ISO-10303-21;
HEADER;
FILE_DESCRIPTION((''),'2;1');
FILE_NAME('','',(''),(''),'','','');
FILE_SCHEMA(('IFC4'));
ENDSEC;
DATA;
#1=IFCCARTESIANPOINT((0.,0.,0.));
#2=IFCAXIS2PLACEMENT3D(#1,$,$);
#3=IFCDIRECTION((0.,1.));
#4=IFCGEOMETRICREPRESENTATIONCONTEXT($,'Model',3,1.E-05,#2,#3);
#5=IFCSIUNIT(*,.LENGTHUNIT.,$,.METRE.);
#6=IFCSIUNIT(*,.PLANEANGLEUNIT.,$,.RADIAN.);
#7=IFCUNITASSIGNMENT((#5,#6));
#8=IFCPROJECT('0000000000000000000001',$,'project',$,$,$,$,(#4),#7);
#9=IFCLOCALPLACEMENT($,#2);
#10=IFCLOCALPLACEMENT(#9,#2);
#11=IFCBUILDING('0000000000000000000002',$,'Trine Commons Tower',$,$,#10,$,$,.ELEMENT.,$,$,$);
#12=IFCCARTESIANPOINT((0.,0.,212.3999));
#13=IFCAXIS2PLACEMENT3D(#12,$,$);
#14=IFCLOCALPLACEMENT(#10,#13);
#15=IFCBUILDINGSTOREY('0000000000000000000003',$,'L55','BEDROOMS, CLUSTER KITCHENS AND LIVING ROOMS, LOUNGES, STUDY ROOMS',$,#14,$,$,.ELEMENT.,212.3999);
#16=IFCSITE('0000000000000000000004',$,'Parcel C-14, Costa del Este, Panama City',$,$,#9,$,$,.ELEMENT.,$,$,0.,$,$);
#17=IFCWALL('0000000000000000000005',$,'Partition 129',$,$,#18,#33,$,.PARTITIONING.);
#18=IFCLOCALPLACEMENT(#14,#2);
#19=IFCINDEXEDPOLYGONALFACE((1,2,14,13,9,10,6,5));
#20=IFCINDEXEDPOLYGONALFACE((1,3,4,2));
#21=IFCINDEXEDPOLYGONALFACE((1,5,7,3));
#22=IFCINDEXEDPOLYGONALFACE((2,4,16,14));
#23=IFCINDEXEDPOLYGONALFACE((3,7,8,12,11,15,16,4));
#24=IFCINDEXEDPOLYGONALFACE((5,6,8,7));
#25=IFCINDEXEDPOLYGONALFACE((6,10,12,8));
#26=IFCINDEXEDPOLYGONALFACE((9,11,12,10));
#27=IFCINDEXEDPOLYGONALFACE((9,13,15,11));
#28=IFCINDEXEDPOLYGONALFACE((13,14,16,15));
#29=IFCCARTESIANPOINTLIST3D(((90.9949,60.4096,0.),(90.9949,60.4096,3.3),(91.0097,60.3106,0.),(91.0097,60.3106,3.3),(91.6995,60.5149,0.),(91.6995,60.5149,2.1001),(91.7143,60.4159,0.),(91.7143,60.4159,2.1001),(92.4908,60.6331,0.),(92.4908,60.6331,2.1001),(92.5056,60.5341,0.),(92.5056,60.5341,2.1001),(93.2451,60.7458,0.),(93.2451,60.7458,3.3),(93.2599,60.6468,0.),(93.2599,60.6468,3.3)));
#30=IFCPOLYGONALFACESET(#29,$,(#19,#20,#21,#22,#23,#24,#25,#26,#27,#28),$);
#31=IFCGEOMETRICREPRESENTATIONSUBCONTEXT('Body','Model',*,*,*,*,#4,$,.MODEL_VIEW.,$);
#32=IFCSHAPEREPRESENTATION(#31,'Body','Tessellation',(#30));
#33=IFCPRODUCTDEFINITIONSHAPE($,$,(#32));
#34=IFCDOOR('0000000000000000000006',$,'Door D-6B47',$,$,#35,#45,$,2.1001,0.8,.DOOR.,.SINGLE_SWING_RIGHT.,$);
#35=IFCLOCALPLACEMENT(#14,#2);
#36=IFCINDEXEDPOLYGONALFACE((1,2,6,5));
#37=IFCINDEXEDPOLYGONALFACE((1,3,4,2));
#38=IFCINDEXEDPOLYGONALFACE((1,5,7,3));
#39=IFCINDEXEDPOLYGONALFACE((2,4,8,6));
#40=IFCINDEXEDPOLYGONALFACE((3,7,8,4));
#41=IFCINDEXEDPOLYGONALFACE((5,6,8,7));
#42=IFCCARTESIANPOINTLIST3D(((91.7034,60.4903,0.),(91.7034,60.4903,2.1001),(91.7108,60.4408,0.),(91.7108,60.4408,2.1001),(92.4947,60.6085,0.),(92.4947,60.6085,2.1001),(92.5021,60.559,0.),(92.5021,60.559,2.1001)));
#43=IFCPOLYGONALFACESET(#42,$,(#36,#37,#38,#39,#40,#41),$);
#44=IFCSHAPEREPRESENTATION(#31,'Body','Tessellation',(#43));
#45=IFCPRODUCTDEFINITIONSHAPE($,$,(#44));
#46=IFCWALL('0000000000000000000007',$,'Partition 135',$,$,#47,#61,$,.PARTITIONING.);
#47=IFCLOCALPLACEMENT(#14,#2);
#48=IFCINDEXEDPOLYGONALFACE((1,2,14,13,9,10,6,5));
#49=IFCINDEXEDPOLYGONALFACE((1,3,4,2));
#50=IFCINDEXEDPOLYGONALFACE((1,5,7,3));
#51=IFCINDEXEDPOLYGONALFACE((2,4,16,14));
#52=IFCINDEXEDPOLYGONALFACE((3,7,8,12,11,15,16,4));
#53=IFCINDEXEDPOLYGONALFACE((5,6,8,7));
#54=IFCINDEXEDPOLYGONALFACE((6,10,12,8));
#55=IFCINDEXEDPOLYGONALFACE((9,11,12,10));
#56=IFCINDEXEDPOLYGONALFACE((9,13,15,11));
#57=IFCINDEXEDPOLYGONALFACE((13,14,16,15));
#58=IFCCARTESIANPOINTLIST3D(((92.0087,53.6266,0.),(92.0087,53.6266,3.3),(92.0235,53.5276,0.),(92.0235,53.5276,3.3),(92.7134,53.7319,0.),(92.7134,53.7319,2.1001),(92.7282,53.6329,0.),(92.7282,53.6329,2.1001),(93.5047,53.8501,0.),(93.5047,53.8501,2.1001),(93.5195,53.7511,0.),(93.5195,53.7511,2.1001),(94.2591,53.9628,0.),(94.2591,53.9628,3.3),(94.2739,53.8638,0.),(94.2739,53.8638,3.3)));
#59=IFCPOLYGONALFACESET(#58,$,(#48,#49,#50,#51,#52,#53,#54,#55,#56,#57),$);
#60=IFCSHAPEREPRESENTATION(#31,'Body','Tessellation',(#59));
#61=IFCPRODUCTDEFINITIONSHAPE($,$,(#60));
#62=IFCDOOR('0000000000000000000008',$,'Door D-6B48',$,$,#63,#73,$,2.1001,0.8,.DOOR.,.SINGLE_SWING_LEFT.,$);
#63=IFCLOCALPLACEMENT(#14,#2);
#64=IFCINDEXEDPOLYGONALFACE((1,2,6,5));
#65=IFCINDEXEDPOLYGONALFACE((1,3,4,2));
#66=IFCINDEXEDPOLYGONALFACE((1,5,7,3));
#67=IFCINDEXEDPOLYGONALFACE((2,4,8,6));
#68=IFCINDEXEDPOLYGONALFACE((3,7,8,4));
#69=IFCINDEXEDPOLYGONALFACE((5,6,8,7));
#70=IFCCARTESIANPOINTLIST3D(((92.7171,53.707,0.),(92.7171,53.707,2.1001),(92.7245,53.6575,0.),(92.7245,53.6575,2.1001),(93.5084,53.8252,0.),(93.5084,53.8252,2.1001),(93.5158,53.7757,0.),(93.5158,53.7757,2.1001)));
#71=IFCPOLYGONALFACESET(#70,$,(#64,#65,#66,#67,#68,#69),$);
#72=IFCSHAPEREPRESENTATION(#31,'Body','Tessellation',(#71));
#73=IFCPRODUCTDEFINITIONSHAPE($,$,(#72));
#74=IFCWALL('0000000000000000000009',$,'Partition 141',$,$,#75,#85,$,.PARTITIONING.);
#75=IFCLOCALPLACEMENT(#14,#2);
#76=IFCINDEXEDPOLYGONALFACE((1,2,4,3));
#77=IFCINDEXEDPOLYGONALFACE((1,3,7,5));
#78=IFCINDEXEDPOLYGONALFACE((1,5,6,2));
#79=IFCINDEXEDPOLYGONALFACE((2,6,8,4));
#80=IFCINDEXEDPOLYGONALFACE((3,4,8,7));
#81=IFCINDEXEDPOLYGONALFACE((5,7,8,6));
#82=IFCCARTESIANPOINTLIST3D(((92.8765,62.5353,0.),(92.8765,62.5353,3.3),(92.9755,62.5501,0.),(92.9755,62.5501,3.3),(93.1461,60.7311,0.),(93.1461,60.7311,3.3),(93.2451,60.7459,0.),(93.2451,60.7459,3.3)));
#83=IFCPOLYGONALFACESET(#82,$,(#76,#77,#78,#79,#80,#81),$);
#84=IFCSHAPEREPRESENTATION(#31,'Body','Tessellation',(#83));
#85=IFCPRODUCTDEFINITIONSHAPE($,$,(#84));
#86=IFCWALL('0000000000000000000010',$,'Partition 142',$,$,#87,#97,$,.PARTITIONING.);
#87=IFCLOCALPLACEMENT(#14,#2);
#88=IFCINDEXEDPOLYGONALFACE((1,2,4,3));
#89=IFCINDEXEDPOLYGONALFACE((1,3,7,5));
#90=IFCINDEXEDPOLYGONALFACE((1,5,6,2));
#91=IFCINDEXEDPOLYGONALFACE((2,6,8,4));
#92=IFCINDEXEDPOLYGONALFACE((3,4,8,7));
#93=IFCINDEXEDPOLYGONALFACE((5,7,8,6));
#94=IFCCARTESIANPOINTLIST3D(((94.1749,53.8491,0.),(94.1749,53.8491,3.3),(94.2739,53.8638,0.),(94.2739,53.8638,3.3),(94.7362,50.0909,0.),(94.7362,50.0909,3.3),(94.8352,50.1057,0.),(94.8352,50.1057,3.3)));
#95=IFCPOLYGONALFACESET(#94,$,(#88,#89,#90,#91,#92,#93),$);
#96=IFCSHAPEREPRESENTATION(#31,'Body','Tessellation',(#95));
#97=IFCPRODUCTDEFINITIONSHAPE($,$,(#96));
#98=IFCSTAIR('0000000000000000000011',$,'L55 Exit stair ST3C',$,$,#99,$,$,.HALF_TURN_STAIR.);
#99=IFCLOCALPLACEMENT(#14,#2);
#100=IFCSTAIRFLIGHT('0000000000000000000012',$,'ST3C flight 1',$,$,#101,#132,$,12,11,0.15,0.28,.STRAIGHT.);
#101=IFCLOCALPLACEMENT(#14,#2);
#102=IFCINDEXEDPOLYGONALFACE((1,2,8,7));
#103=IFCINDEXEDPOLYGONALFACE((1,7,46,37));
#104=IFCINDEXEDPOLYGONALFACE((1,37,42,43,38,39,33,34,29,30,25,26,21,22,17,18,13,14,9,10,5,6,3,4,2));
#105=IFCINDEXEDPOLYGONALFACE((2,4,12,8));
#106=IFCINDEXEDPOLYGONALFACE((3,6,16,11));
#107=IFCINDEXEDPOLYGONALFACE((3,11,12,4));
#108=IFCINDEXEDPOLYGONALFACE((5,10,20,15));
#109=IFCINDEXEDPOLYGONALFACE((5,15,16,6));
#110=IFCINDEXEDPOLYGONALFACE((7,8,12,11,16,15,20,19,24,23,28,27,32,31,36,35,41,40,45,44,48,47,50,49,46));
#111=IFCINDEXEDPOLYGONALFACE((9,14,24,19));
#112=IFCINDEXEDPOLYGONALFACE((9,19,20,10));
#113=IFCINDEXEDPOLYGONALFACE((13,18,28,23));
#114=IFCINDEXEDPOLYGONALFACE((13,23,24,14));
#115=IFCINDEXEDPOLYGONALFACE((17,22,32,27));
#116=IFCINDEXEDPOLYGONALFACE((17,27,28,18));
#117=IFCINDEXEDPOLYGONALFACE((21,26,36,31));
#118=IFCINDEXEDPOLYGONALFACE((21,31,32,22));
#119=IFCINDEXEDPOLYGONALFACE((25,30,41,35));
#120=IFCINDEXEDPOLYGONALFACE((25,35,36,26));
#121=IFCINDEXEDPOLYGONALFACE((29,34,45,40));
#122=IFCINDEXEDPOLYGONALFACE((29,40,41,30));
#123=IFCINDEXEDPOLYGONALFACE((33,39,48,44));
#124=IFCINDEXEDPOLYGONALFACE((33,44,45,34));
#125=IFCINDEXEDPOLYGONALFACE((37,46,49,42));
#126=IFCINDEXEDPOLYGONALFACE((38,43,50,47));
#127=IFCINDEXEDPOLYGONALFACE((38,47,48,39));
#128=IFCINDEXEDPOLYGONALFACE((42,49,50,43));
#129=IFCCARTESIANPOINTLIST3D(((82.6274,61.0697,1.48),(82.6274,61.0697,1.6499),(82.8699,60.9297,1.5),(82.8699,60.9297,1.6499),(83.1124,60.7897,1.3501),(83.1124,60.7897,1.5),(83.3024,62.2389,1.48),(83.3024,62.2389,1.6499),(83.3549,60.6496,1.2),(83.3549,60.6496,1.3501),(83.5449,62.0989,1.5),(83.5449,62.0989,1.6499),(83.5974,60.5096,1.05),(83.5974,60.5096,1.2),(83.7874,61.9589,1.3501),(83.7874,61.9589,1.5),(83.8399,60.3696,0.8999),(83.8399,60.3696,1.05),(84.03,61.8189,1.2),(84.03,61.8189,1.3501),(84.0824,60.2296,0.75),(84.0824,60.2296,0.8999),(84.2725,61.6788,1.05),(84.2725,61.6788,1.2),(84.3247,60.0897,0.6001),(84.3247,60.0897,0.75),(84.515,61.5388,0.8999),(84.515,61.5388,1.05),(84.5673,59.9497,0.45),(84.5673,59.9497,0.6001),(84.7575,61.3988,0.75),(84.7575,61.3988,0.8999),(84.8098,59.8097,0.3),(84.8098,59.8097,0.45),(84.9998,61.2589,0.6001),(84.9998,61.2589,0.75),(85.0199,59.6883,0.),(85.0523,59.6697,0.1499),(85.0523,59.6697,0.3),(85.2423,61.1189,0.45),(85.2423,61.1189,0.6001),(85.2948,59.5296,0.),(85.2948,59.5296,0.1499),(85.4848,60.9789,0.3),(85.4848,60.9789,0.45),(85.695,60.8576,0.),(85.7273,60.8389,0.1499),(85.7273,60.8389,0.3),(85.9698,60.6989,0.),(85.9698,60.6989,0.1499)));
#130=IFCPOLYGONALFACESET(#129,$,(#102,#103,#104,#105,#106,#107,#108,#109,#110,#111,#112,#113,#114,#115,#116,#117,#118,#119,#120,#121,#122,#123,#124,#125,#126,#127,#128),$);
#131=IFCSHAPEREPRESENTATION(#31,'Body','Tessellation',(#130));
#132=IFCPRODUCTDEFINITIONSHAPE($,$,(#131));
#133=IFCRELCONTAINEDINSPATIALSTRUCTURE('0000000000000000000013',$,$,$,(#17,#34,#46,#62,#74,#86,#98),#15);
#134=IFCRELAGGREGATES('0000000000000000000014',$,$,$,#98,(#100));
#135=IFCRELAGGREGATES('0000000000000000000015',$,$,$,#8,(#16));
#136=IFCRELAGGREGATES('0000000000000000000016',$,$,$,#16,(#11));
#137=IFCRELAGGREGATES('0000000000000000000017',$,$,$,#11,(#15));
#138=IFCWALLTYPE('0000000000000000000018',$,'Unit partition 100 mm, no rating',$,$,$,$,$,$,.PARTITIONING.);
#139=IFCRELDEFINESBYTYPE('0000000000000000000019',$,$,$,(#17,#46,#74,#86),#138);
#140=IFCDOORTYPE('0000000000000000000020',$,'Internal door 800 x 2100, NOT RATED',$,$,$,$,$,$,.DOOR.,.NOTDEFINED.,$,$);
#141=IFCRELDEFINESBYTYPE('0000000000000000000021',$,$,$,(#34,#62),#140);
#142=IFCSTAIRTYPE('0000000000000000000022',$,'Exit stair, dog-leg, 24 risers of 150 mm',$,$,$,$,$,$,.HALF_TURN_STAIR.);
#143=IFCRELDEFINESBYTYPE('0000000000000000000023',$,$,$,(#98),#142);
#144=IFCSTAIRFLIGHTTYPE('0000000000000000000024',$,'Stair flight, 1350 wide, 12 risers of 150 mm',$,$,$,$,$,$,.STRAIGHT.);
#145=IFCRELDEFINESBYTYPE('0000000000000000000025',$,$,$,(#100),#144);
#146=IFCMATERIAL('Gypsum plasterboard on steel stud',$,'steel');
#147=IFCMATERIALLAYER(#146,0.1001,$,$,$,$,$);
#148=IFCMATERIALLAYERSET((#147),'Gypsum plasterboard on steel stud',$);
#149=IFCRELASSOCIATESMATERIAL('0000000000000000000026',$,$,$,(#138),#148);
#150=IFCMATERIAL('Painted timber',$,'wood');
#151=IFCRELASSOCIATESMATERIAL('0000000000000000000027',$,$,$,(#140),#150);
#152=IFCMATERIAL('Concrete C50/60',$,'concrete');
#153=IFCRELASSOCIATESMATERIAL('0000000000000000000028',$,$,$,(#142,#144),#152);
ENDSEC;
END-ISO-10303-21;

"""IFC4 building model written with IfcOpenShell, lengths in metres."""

from ifc_helpers import new_model, si_unit, direction, frame, frame_2d, origin, place, context, subcontext, project, spatial, polyline, rectangle, outline, extrude, material, layer, layer_set, type_object, element, fill, aggregate, save


model = new_model("IFC4")

# Units and contexts
model_context = context("Model", 3, precision=1e-05, world=origin(), true_north=direction((0.0, 1.0)))
body_context = subcontext(model_context, "Body", "Model", "MODEL_VIEW")
ifc_project = project(units=[si_unit("LENGTHUNIT", "METRE"), si_unit("PLANEANGLEUNIT", "RADIAN")], contexts=[model_context])

# Site, building, storey
site_placement = place(None, origin())
site = spatial("IfcSite", under=ifc_project, at=site_placement, Name="Parcel C-14, Costa del Este, Panama City", CompositionType="ELEMENT", RefElevation=0.0)
building_placement = place(site_placement, origin())
building = spatial("IfcBuilding", under=site, at=building_placement, Name="Trine Commons Tower", CompositionType="ELEMENT")
storey_placement = place(building_placement, frame((0.0, 0.0, 212.3999)))
storey = spatial("IfcBuildingStorey", under=building, at=storey_placement, Name="L55", Description="BEDROOMS, CLUSTER KITCHENS AND LIVING ROOMS, LOUNGES, STUDY ROOMS", CompositionType="ELEMENT", Elevation=212.3999)

# Shared definitions
ifc_material_1 = material(Name="Gypsum plasterboard on steel stud", Category="steel")

# Shared definitions
ifc_material_2 = material(Name="Painted timber", Category="wood")

# Walls, openings, doors
ifc_layer_1 = layer(ifc_material_1, 0.1001)
ifc_layer_set_1 = layer_set([ifc_layer_1], Name="Gypsum plasterboard on steel stud")
wall_type_1 = type_object("IfcWallType", Name="Unit partition 100 mm, no rating", PredefinedType="PARTITIONING", material=ifc_layer_set_1)
wall_1_placement = place(storey_placement, frame((91.0022, 60.3601, 0.0), z_axis=(0.0, 0.0, 1.0), x_axis=(0.989024, 0.147758, 0.0)))
wall_1 = element("IfcWall", 1, at=wall_1_placement, inside=storey, type_object=wall_type_1, Name="Partition 129", PredefinedType="PARTITIONING", context=body_context, shape_type="SweptSolid", body=[
    extrude(rectangle(XDim=2.2751, YDim=0.1001, at=frame_2d((1.1377, 0.0))), origin(), (0.0, 0.0, 1.0), 3.3),
])
opening_1_placement = place(wall_1_placement, frame((0.7126, 0.0, 0.0)))
opening_1 = element("IfcOpeningElement", 2, at=opening_1_placement, cuts=wall_1, PredefinedType="OPENING", context=body_context, shape_type="SweptSolid", body=[
    extrude(rectangle(XDim=0.8, YDim=2.1001, at=frame_2d((0.3999, 1.05))), frame((0.0, 0.0601, 0.0), z_axis=(0.0, -1.0, 0.0), x_axis=(1.0, 0.0, 0.0)), (0.0, 0.0, 1.0), 0.1201),
])
door_type_1 = type_object("IfcDoorType", Name="Internal door 800 x 2100, NOT RATED", OperationType="NOTDEFINED", PredefinedType="DOOR", material=ifc_material_2)
door_1_placement = place(opening_1_placement, frame((0.8, 0.0, 0.0), z_axis=(0.0, 0.0, 1.0), x_axis=(-1.0, 0.0, 0.0)))
door_1 = element("IfcDoor", 3, at=door_1_placement, inside=storey, type_object=door_type_1, Name="Door D-6B47", OperationType="SINGLE_SWING_RIGHT", OverallHeight=2.1001, OverallWidth=0.8, PredefinedType="DOOR", context=body_context, shape_type="SweptSolid", body=[
    extrude(rectangle(XDim=0.8, YDim=2.1001, at=frame_2d((0.3999, 1.05))), frame((0.0, 0.0249, 0.0), z_axis=(0.0, -1.0, 0.0), x_axis=(1.0, 0.0, 0.0)), (0.0, 0.0, 1.0), 0.05),
])
fill(opening_1, door_1)
wall_2_placement = place(storey_placement, frame((92.0161, 53.5771, 0.0), z_axis=(0.0, 0.0, 1.0), x_axis=(0.989026, 0.147742, 0.0)))
wall_2 = element("IfcWall", 4, at=wall_2_placement, inside=storey, type_object=wall_type_1, Name="Partition 135", PredefinedType="PARTITIONING", context=body_context, shape_type="SweptSolid", body=[
    extrude(rectangle(XDim=2.2754, YDim=0.1001, at=frame_2d((1.1377, 0.0))), origin(), (0.0, 0.0, 1.0), 3.3),
])
opening_2_placement = place(wall_2_placement, frame((0.7126, 0.0, 0.0)))
opening_2 = element("IfcOpeningElement", 5, at=opening_2_placement, cuts=wall_2, PredefinedType="OPENING", context=body_context, shape_type="SweptSolid", body=[
    extrude(rectangle(XDim=0.8, YDim=2.1001, at=frame_2d((0.3999, 1.05))), frame((0.0, 0.0601, 0.0), z_axis=(0.0, -1.0, 0.0), x_axis=(1.0, 0.0, 0.0)), (0.0, 0.0, 1.0), 0.1201),
])
door_2_placement = place(opening_2_placement, origin())
door_2 = element("IfcDoor", 6, at=door_2_placement, inside=storey, type_object=door_type_1, Name="Door D-6B48", OperationType="SINGLE_SWING_LEFT", OverallHeight=2.1001, OverallWidth=0.8, PredefinedType="DOOR", context=body_context, shape_type="SweptSolid", body=[
    extrude(rectangle(XDim=0.8, YDim=2.1001, at=frame_2d((0.3999, 1.05))), frame((0.0, 0.0249, 0.0), z_axis=(0.0, -1.0, 0.0), x_axis=(1.0, 0.0, 0.0)), (0.0, 0.0, 1.0), 0.05),
])
fill(opening_2, door_2)

# Walls
wall_3_placement = place(storey_placement, frame((92.926, 62.5427, 0.0), z_axis=(0.0, 0.0, 1.0), x_axis=(0.147751, -0.989025, 0.0)))
element("IfcWall", 7, at=wall_3_placement, inside=storey, type_object=wall_type_1, Name="Partition 141", PredefinedType="PARTITIONING", context=body_context, shape_type="SweptSolid", body=[
    extrude(rectangle(XDim=1.8242, YDim=0.1001, at=frame_2d((0.9121, 0.0))), origin(), (0.0, 0.0, 1.0), 3.3),
])
wall_4_placement = place(storey_placement, frame((94.2244, 53.8564, 0.0), z_axis=(0.0, 0.0, 1.0), x_axis=(0.147715, -0.98903, 0.0)))
element("IfcWall", 8, at=wall_4_placement, inside=storey, type_object=wall_type_1, Name="Partition 142", PredefinedType="PARTITIONING", context=body_context, shape_type="SweptSolid", body=[
    extrude(rectangle(XDim=3.7998, YDim=0.1001, at=frame_2d((1.8999, 0.0))), origin(), (0.0, 0.0, 1.0), 3.3),
])

# Stair, stair flight
ifc_material_3 = material(Name="Concrete C50/60", Category="concrete")
stair_type = type_object("IfcStairType", Name="Exit stair, dog-leg, 24 risers of 150 mm", PredefinedType="HALF_TURN_STAIR", material=ifc_material_3)
stair_placement = place(storey_placement, origin())
stair = element("IfcStair", 9, at=stair_placement, inside=storey, type_object=stair_type, Name="L55 Exit stair ST3C", PredefinedType="HALF_TURN_STAIR")
stair_flight_type = type_object("IfcStairFlightType", Name="Stair flight, 1350 wide, 12 risers of 150 mm", PredefinedType="STRAIGHT", material=ifc_material_3)
stair_flight_placement = place(storey_placement, frame((85.6323, 60.1143, 0.0), z_axis=(0.0, 0.0, 1.0), x_axis=(-0.866025, 0.5, 0.0)))
stair_flight = element("IfcStairFlight", 10, at=stair_flight_placement, type_object=stair_flight_type, Name="ST3C flight 1", NumberOfRisers=12, NumberOfTreads=11, PredefinedType="STRAIGHT", RiserHeight=0.15, TreadLength=0.28, context=body_context, shape_type="SweptSolid", body=[
    extrude(outline(polyline([(0.0, 0.0), (0.0, 0.1499), (0.28, 0.1499), (0.28, 0.3), (0.5601, 0.3), (0.5601, 0.45), (0.8401, 0.45), (0.8401, 0.6001), (1.1201, 0.6001), (1.1201, 0.75), (1.3999, 0.75), (1.3999, 0.8999), (1.6799, 0.8999), (1.6799, 1.05), (1.96, 1.05), (1.96, 1.2), (2.24, 1.2), (2.24, 1.3501), (2.52, 1.3501), (2.52, 1.5), (2.8, 1.5), (2.8, 1.6499), (3.0801, 1.6499), (3.0801, 1.8), (3.0801, 1.48), (0.3174, 0.0), (0.0, 0.0)])), frame((0.0, 0.675, 0.0), z_axis=(0.0, -1.0, 0.0), x_axis=(1.0, 0.0, 0.0)), (0.0, 0.0, 1.0), 1.3501),
])
aggregate(stair, [stair_flight])

save(model, "model.ifc")
